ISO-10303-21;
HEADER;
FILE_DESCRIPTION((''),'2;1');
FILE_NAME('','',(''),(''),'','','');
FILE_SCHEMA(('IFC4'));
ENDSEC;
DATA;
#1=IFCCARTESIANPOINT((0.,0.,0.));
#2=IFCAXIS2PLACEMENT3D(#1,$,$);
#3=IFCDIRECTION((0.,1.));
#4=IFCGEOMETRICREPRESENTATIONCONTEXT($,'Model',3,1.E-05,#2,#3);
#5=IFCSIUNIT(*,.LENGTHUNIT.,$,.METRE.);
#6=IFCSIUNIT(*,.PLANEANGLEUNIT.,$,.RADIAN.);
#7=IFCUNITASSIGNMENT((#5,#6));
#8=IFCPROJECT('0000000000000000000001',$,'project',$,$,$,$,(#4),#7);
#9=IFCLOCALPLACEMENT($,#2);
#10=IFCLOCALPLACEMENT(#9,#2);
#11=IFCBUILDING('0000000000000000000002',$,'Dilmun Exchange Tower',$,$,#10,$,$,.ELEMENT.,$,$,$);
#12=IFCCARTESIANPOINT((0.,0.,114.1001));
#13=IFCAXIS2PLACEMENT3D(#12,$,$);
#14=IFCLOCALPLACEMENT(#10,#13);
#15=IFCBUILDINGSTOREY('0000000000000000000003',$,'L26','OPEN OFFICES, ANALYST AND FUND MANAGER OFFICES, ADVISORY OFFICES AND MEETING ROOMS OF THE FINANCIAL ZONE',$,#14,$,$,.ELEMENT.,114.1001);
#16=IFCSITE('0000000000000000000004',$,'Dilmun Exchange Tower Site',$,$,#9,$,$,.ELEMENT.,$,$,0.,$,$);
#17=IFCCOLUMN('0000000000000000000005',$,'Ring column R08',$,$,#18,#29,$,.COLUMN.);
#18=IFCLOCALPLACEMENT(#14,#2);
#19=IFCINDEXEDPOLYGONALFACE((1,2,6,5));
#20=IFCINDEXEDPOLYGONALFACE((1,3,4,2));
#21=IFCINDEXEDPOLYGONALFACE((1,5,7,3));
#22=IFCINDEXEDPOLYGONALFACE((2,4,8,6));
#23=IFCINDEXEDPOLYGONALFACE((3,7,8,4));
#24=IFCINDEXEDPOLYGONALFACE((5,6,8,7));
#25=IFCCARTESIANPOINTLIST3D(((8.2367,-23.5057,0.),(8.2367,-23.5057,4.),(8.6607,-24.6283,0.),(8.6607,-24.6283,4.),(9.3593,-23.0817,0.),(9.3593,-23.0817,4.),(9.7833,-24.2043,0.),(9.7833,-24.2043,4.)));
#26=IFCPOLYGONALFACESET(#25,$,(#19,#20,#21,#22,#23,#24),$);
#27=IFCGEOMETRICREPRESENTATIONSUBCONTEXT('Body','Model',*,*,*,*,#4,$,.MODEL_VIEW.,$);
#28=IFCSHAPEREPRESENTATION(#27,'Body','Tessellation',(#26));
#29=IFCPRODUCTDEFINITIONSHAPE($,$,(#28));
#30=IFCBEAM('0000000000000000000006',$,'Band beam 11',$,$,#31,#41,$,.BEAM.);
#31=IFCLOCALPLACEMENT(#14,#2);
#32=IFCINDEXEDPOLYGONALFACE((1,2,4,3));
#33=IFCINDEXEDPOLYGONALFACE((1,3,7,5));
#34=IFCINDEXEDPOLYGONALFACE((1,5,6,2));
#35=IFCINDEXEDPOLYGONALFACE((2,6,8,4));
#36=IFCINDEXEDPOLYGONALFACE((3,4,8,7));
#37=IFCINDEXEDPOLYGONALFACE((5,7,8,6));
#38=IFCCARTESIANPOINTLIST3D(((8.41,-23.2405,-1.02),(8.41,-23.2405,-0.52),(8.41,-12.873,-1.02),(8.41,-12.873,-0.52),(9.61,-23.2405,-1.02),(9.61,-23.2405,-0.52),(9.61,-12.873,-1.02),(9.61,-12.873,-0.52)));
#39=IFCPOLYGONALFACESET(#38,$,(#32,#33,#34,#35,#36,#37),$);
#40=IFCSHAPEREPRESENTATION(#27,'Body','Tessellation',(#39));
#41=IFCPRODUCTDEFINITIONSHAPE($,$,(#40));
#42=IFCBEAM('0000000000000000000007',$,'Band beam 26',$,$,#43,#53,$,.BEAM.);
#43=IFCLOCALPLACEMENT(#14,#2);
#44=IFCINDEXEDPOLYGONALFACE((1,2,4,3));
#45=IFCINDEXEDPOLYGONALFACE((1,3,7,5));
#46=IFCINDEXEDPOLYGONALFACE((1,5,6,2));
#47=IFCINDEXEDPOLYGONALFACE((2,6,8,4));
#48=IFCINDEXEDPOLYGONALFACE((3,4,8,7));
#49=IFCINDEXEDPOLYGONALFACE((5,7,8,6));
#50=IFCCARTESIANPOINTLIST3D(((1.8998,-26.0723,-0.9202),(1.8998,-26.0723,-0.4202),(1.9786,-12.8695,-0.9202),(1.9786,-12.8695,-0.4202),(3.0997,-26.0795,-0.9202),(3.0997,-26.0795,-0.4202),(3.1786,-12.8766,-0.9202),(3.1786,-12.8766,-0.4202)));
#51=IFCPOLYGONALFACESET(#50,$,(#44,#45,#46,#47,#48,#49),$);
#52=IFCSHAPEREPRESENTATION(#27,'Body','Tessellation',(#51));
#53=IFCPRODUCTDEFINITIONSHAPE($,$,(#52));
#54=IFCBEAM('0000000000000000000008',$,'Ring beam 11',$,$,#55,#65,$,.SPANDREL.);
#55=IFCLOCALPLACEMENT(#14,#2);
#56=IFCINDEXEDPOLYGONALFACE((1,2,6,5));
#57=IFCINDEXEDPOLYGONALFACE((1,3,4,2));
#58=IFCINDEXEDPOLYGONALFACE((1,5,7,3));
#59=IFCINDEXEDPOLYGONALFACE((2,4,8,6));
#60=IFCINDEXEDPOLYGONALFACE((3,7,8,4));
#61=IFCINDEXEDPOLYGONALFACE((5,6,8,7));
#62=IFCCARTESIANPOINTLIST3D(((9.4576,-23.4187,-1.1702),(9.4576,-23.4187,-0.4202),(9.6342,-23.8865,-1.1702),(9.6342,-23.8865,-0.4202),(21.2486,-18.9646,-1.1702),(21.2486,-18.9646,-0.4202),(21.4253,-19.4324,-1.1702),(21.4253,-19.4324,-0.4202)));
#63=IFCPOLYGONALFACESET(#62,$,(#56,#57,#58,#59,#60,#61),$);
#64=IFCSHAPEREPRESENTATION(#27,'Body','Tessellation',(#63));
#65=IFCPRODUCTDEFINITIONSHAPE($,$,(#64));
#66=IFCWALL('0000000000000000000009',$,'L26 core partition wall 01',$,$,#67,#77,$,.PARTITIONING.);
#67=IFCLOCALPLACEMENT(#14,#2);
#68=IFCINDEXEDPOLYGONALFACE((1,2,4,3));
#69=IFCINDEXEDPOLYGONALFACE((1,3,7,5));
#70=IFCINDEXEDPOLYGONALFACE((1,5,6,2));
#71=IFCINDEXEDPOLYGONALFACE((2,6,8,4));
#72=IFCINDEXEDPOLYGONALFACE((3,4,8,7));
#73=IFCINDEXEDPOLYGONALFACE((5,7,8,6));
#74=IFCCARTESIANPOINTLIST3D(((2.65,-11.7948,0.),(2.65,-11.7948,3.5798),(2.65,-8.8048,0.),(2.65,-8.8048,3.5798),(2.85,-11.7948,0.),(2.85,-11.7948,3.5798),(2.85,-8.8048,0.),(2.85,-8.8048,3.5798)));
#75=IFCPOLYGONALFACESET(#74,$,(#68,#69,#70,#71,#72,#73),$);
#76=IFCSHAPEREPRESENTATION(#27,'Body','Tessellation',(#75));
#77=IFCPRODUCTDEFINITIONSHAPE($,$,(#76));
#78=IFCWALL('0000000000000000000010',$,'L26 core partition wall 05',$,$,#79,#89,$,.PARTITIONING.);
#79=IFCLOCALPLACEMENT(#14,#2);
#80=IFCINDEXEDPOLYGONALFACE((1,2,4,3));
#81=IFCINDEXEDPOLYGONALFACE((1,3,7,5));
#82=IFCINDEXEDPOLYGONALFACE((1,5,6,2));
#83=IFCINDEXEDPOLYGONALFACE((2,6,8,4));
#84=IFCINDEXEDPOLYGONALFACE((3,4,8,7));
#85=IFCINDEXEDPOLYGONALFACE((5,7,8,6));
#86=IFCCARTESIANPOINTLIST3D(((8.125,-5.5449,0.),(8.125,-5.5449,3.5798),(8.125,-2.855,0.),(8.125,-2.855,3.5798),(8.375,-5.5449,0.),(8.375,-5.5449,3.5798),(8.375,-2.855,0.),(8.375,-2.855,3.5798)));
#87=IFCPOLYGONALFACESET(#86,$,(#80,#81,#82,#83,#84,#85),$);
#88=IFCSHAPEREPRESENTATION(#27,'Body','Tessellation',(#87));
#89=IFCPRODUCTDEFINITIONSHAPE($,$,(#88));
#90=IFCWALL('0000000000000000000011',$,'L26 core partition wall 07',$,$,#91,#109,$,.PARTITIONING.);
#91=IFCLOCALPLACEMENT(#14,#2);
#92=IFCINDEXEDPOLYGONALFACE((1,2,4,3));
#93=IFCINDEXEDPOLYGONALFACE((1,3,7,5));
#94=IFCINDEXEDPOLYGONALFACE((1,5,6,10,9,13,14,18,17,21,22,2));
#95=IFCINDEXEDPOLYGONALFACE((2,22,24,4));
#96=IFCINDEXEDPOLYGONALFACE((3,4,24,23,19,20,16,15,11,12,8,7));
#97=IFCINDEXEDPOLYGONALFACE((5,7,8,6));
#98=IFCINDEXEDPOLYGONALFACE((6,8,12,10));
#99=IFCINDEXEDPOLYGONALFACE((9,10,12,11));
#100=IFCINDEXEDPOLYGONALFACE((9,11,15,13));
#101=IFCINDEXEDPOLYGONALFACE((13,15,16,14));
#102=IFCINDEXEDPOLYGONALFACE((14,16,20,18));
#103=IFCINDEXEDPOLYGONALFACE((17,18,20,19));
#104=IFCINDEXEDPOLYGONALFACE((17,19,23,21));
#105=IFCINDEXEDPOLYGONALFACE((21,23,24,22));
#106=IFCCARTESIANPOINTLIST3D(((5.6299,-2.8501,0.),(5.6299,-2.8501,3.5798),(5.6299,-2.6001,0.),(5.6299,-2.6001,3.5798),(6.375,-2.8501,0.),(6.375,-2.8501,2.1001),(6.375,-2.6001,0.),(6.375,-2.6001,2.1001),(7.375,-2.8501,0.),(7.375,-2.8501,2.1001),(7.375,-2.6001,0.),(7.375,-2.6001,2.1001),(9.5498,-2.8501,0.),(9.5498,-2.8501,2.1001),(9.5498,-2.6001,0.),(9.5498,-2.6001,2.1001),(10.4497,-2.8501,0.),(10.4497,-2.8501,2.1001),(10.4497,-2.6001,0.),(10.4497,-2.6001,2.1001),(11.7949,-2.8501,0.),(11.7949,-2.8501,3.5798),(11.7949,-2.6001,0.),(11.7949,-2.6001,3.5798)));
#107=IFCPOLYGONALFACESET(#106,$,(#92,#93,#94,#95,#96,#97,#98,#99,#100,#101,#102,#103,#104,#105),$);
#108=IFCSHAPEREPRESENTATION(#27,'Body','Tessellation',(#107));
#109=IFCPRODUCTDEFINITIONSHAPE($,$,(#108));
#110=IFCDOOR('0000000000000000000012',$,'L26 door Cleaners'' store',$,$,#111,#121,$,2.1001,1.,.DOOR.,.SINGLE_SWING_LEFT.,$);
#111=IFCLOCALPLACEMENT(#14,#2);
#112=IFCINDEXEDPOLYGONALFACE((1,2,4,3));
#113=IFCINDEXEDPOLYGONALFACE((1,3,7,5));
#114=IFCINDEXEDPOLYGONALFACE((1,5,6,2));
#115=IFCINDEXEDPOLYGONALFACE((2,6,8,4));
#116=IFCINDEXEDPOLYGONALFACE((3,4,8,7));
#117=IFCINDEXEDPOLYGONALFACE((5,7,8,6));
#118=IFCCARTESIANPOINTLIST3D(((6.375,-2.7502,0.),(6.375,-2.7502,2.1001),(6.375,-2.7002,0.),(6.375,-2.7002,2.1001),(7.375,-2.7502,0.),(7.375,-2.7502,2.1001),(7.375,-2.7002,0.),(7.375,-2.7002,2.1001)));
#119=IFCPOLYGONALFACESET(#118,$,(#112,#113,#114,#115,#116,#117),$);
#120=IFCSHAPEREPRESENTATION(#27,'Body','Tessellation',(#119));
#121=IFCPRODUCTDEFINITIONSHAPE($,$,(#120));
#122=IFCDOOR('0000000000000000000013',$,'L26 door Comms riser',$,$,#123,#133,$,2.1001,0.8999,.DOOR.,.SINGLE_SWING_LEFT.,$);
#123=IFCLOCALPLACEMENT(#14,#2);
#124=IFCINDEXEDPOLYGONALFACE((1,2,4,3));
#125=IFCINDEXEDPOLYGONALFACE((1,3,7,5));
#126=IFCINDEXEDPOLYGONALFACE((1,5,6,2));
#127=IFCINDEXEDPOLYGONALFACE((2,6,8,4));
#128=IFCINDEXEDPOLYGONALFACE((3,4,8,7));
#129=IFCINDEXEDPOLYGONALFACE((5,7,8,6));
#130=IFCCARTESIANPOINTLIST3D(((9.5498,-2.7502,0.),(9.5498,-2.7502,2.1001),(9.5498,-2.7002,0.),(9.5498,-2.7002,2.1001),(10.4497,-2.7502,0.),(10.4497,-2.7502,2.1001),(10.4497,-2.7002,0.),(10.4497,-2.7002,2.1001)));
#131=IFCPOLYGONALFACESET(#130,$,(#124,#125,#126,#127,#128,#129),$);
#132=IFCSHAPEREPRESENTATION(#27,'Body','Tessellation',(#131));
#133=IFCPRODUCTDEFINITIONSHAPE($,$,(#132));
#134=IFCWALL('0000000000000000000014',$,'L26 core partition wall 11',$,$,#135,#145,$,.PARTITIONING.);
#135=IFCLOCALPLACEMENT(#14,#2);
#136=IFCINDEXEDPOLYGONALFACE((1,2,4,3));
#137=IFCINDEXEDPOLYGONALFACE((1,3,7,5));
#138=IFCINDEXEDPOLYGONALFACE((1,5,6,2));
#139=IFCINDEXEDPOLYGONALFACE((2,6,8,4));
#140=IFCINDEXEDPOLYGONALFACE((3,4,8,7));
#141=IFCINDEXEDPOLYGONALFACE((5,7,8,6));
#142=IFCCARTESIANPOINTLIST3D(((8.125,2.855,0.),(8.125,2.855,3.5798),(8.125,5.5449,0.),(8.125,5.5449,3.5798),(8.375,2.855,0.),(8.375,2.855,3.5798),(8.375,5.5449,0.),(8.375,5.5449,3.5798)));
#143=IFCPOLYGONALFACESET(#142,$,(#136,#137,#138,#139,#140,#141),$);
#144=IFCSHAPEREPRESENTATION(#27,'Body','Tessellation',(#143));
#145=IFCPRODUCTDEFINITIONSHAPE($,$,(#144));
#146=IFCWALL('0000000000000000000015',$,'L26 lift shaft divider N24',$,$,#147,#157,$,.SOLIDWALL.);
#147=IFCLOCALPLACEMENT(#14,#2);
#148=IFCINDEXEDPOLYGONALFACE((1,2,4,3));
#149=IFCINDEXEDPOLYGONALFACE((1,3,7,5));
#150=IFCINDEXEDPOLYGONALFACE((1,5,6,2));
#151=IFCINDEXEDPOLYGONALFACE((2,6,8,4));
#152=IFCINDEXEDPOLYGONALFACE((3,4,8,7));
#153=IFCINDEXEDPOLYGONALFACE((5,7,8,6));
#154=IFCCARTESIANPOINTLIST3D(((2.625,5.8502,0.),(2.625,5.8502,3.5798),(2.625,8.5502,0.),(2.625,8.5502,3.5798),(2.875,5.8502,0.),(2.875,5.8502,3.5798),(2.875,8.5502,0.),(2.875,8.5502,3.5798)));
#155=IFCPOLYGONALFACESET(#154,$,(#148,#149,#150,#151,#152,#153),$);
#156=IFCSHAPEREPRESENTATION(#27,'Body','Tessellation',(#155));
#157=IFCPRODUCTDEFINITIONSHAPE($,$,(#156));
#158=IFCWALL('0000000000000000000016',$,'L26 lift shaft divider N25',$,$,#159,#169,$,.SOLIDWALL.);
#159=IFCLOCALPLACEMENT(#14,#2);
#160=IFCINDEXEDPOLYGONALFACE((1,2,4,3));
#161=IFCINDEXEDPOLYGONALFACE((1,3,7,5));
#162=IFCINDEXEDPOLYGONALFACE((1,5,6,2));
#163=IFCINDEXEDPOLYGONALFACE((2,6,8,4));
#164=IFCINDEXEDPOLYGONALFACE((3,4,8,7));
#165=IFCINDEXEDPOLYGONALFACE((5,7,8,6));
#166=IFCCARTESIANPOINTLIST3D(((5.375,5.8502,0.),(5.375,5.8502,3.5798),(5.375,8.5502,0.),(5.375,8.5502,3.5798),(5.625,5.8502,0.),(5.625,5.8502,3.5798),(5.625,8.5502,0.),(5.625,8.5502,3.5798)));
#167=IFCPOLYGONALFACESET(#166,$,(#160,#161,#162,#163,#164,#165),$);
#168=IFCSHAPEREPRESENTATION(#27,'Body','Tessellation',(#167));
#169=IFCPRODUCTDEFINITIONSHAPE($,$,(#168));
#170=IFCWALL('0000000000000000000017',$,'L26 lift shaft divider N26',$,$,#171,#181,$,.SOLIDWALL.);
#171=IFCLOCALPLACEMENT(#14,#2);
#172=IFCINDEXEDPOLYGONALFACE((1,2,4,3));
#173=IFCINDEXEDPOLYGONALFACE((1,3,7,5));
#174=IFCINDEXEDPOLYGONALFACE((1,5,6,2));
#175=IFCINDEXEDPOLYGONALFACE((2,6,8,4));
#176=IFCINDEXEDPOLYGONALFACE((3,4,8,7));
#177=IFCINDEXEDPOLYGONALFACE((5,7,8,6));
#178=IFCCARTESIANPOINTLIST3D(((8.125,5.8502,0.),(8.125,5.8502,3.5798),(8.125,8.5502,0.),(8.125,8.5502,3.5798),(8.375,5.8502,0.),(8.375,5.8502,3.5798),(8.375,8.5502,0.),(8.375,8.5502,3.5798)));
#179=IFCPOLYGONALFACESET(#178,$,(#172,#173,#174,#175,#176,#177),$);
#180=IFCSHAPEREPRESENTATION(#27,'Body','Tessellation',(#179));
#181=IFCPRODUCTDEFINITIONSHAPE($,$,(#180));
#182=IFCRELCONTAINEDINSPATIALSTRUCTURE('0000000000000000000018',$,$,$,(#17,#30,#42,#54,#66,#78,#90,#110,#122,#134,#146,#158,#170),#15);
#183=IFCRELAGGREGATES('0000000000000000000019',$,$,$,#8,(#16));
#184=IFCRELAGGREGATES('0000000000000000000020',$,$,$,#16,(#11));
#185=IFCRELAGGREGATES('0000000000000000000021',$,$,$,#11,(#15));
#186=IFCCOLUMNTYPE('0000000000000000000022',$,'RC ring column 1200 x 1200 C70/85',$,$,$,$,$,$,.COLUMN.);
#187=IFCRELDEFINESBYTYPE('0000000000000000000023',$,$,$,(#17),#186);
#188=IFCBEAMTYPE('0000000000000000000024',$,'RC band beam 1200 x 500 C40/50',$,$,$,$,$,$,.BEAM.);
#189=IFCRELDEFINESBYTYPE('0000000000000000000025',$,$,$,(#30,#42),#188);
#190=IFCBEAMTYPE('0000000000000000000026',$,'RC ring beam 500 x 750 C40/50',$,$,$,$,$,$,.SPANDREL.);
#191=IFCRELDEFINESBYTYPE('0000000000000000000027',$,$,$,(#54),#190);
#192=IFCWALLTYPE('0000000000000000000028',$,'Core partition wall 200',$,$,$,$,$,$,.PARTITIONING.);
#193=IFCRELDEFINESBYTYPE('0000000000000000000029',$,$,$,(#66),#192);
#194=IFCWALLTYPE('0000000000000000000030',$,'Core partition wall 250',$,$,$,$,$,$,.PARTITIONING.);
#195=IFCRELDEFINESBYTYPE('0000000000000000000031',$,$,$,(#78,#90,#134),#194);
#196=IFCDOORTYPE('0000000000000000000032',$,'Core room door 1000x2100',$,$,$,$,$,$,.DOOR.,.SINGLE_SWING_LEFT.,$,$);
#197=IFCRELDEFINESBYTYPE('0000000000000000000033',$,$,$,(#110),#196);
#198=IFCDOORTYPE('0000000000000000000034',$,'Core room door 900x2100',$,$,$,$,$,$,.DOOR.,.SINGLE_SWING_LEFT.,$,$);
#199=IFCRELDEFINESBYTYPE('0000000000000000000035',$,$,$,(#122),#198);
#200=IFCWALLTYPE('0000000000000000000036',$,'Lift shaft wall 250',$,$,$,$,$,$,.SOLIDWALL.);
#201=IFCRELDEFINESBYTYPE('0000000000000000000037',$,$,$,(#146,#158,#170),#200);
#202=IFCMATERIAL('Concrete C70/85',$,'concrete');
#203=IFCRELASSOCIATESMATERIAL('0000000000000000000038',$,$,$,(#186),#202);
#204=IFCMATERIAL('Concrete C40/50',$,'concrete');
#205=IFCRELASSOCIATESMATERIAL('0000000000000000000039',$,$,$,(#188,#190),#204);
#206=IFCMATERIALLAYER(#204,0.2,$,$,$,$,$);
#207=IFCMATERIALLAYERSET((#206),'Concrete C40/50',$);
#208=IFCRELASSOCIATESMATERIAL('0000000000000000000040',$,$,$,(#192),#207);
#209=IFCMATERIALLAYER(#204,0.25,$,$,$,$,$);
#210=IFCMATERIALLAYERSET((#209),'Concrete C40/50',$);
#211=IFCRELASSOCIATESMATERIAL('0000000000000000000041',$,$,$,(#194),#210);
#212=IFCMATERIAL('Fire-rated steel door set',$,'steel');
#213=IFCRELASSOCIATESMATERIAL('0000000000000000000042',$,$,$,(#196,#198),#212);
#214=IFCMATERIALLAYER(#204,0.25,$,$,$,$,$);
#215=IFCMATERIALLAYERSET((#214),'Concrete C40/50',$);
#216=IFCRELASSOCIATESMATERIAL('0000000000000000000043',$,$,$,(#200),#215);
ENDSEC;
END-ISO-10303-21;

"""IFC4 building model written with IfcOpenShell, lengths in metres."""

from ifc_helpers import new_model, si_unit, direction, frame, frame_2d, origin, origin_2d, place, context, subcontext, project, spatial, rectangle, extrude, material, layer, layer_set, material_profile, profile_set, type_object, element, fill, save


model = new_model("IFC4")

# Units and contexts
model_context = context("Model", 3, precision=1e-05, world=origin(), true_north=direction((0.0, 1.0)))
body_context = subcontext(model_context, "Body", "Model", "MODEL_VIEW")
ifc_project = project(units=[si_unit("LENGTHUNIT", "METRE"), si_unit("PLANEANGLEUNIT", "RADIAN")], contexts=[model_context])

# Site, building, storey
site_placement = place(None, origin())
site = spatial("IfcSite", under=ifc_project, at=site_placement, Name="Dilmun Exchange Tower Site", CompositionType="ELEMENT", RefElevation=0.0)
building_placement = place(site_placement, origin())
building = spatial("IfcBuilding", under=site, at=building_placement, Name="Dilmun Exchange Tower", CompositionType="ELEMENT")
storey_placement = place(building_placement, frame((0.0, 0.0, 114.1001)))
storey = spatial("IfcBuildingStorey", under=building, at=storey_placement, Name="L26", Description="OPEN OFFICES, ANALYST AND FUND MANAGER OFFICES, ADVISORY OFFICES AND MEETING ROOMS OF THE FINANCIAL ZONE", CompositionType="ELEMENT", Elevation=114.1001)

# Column
ifc_material_1 = material(Name="Concrete C70/85", Category="concrete")
ifc_material_profile_1 = material_profile(ifc_material_1, rectangle(XDim=1.2, YDim=1.2, at=origin_2d()), Name="1200 x 1200")
ifc_profile_set_1 = profile_set([ifc_material_profile_1], Name="Concrete C70/85")
column_type = type_object("IfcColumnType", Name="RC ring column 1200 x 1200 C70/85", PredefinedType="COLUMN", material=ifc_profile_set_1)
column_placement = place(storey_placement, frame((9.01, -23.855, 0.0), z_axis=(0.0, 0.0, 1.0), x_axis=(0.935492, 0.353349, 0.0)))
element("IfcColumn", 1, at=column_placement, inside=storey, type_object=column_type, Name="Ring column R08", PredefinedType="COLUMN", context=body_context, shape_type="SweptSolid", body=[
    extrude(rectangle(XDim=1.2, YDim=1.2, at=origin_2d()), origin(), (0.0, 0.0, 1.0), 4.0),
])

# Beams
ifc_material_2 = material(Name="Concrete C40/50", Category="concrete")
ifc_material_profile_2 = material_profile(ifc_material_2, rectangle(XDim=1.2, YDim=0.5, at=origin_2d()), Name="1200 x 500")
ifc_profile_set_2 = profile_set([ifc_material_profile_2], Name="Concrete C40/50")
beam_type_1 = type_object("IfcBeamType", Name="RC band beam 1200 x 500 C40/50", PredefinedType="BEAM", material=ifc_profile_set_2)
beam_1_placement = place(storey_placement, frame((9.01, -23.2405, -0.77), z_axis=(0.0, 1.0, 0.0), x_axis=(-1.0, 0.0, 0.0)))
element("IfcBeam", 2, at=beam_1_placement, inside=storey, type_object=beam_type_1, Name="Band beam 11", PredefinedType="BEAM", context=body_context, shape_type="SweptSolid", body=[
    extrude(rectangle(XDim=1.2, YDim=0.5, at=origin_2d()), origin(), (0.0, 0.0, 1.0), 10.3674),
])
beam_2_placement = place(storey_placement, frame((2.4998, -26.0759, -0.6702), z_axis=(0.005973, 0.999982, 0.0), x_axis=(-0.999982, 0.005973, 0.0)))
element("IfcBeam", 3, at=beam_2_placement, inside=storey, type_object=beam_type_1, Name="Band beam 26", PredefinedType="BEAM", context=body_context, shape_type="SweptSolid", body=[
    extrude(rectangle(XDim=1.2, YDim=0.5, at=origin_2d()), origin(), (0.0, 0.0, 1.0), 13.2031),
])
ifc_material_profile_3 = material_profile(ifc_material_2, rectangle(XDim=0.5, YDim=0.75, at=origin_2d()), Name="500 x 750")
ifc_profile_set_3 = profile_set([ifc_material_profile_3], Name="Concrete C40/50")
beam_type_2 = type_object("IfcBeamType", Name="RC ring beam 500 x 750 C40/50", PredefinedType="SPANDREL", material=ifc_profile_set_3)
beam_3_placement = place(storey_placement, frame((9.5459, -23.6526, -0.7952), z_axis=(0.935479, 0.353381, 0.0), x_axis=(-0.353381, 0.935479, 0.0)))
element("IfcBeam", 4, at=beam_3_placement, inside=storey, type_object=beam_type_2, Name="Ring beam 11", PredefinedType="SPANDREL", context=body_context, shape_type="SweptSolid", body=[
    extrude(rectangle(XDim=0.5, YDim=0.75, at=origin_2d()), origin(), (0.0, 0.0, 1.0), 12.6042),
])

# Walls
ifc_layer_1 = layer(ifc_material_2, 0.2)
ifc_layer_set_1 = layer_set([ifc_layer_1], Name="Concrete C40/50")
wall_type_1 = type_object("IfcWallType", Name="Core partition wall 200", PredefinedType="PARTITIONING", material=ifc_layer_set_1)
wall_1_placement = place(storey_placement, frame((2.75, -11.7949, 0.0), z_axis=(0.0, 0.0, 1.0), x_axis=(0.0, 1.0, 0.0)))
element("IfcWall", 5, at=wall_1_placement, inside=storey, type_object=wall_type_1, Name="L26 core partition wall 01", PredefinedType="PARTITIONING", context=body_context, shape_type="SweptSolid", body=[
    extrude(rectangle(XDim=2.99, YDim=0.2, at=frame_2d((1.4951, 0.0))), origin(), (0.0, 0.0, 1.0), 3.5798),
])
ifc_layer_2 = layer(ifc_material_2, 0.25)
ifc_layer_set_2 = layer_set([ifc_layer_2], Name="Concrete C40/50")
wall_type_2 = type_object("IfcWallType", Name="Core partition wall 250", PredefinedType="PARTITIONING", material=ifc_layer_set_2)
wall_2_placement = place(storey_placement, frame((8.25, -5.5449, 0.0), z_axis=(0.0, 0.0, 1.0), x_axis=(0.0, 1.0, 0.0)))
element("IfcWall", 6, at=wall_2_placement, inside=storey, type_object=wall_type_2, Name="L26 core partition wall 05", PredefinedType="PARTITIONING", context=body_context, shape_type="SweptSolid", body=[
    extrude(rectangle(XDim=2.6899, YDim=0.25, at=frame_2d((1.345, 0.0))), origin(), (0.0, 0.0, 1.0), 3.5798),
])

# Wall, openings, doors
wall_3_placement = place(storey_placement, frame((5.6299, -2.7251, 0.0), z_axis=(0.0, 0.0, 1.0), x_axis=(1.0, 0.0, 0.0)))
wall_3 = element("IfcWall", 7, at=wall_3_placement, inside=storey, type_object=wall_type_2, Name="L26 core partition wall 07", PredefinedType="PARTITIONING", context=body_context, shape_type="SweptSolid", body=[
    extrude(rectangle(XDim=6.165, YDim=0.25, at=frame_2d((3.0825, 0.0))), origin(), (0.0, 0.0, 1.0), 3.5798),
])
opening_1_placement = place(wall_3_placement, frame((0.7451, 0.0, 0.0)))
opening_1 = element("IfcOpeningElement", 8, at=opening_1_placement, cuts=wall_3, PredefinedType="OPENING", context=body_context, shape_type="SweptSolid", body=[
    extrude(rectangle(XDim=1.0, YDim=2.1001, at=frame_2d((0.5, 1.05))), frame((0.0, 0.135, 0.0), z_axis=(0.0, -1.0, 0.0), x_axis=(1.0, 0.0, 0.0)), (0.0, 0.0, 1.0), 0.27),
])
opening_2_placement = place(wall_3_placement, frame((3.9199, 0.0, 0.0)))
opening_2 = element("IfcOpeningElement", 9, at=opening_2_placement, cuts=wall_3, PredefinedType="OPENING", context=body_context, shape_type="SweptSolid", body=[
    extrude(rectangle(XDim=0.8999, YDim=2.1001, at=frame_2d((0.45, 1.05))), frame((0.0, 0.135, 0.0), z_axis=(0.0, -1.0, 0.0), x_axis=(1.0, 0.0, 0.0)), (0.0, 0.0, 1.0), 0.27),
])
ifc_material_3 = material(Name="Fire-rated steel door set", Category="steel")
door_type_1 = type_object("IfcDoorType", Name="Core room door 1000x2100", OperationType="SINGLE_SWING_LEFT", PredefinedType="DOOR", material=ifc_material_3)
door_1_placement = place(opening_1_placement, origin())
door_1 = element("IfcDoor", 10, at=door_1_placement, inside=storey, type_object=door_type_1, Name="L26 door Cleaners' store", OperationType="SINGLE_SWING_LEFT", OverallHeight=2.1001, OverallWidth=1.0, PredefinedType="DOOR", context=body_context, shape_type="SweptSolid", body=[
    extrude(rectangle(XDim=1.0, YDim=2.1001, at=frame_2d((0.5, 1.05))), frame((0.0, 0.0249, 0.0), z_axis=(0.0, -1.0, 0.0), x_axis=(1.0, 0.0, 0.0)), (0.0, 0.0, 1.0), 0.05),
])
fill(opening_1, door_1)
door_type_2 = type_object("IfcDoorType", Name="Core room door 900x2100", OperationType="SINGLE_SWING_LEFT", PredefinedType="DOOR", material=ifc_material_3)
door_2_placement = place(opening_2_placement, origin())
door_2 = element("IfcDoor", 11, at=door_2_placement, inside=storey, type_object=door_type_2, Name="L26 door Comms riser", OperationType="SINGLE_SWING_LEFT", OverallHeight=2.1001, OverallWidth=0.8999, PredefinedType="DOOR", context=body_context, shape_type="SweptSolid", body=[
    extrude(rectangle(XDim=0.8999, YDim=2.1001, at=frame_2d((0.45, 1.05))), frame((0.0, 0.0249, 0.0), z_axis=(0.0, -1.0, 0.0), x_axis=(1.0, 0.0, 0.0)), (0.0, 0.0, 1.0), 0.05),
])
fill(opening_2, door_2)

# Walls
wall_4_placement = place(storey_placement, frame((8.25, 2.855, 0.0), z_axis=(0.0, 0.0, 1.0), x_axis=(0.0, 1.0, 0.0)))
element("IfcWall", 12, at=wall_4_placement, inside=storey, type_object=wall_type_2, Name="L26 core partition wall 11", PredefinedType="PARTITIONING", context=body_context, shape_type="SweptSolid", body=[
    extrude(rectangle(XDim=2.6899, YDim=0.25, at=frame_2d((1.345, 0.0))), origin(), (0.0, 0.0, 1.0), 3.5798),
])
ifc_layer_3 = layer(ifc_material_2, 0.25)
ifc_layer_set_3 = layer_set([ifc_layer_3], Name="Concrete C40/50")
wall_type_3 = type_object("IfcWallType", Name="Lift shaft wall 250", PredefinedType="SOLIDWALL", material=ifc_layer_set_3)
for number, where, z_axis, x_axis, name in (
    (13, (2.75, 5.8501, 0.0), (0.0, 0.0, 1.0), (0.0, 1.0, 0.0), "L26 lift shaft divider N24"),
    (14, (5.5, 5.8501, 0.0), (0.0, 0.0, 1.0), (0.0, 1.0, 0.0), "L26 lift shaft divider N25"),
    (15, (8.25, 5.8501, 0.0), (0.0, 0.0, 1.0), (0.0, 1.0, 0.0), "L26 lift shaft divider N26"),
):
    element("IfcWall", number, at=place(storey_placement, frame(where, z_axis=z_axis, x_axis=x_axis)), inside=storey, type_object=wall_type_3, Name=name, PredefinedType="SOLIDWALL", context=body_context, shape_type="SweptSolid", body=[
        extrude(rectangle(XDim=2.7, YDim=0.25, at=frame_2d((1.3501, 0.0))), origin(), (0.0, 0.0, 1.0), 3.5798),
    ])

save(model, "model.ifc")
